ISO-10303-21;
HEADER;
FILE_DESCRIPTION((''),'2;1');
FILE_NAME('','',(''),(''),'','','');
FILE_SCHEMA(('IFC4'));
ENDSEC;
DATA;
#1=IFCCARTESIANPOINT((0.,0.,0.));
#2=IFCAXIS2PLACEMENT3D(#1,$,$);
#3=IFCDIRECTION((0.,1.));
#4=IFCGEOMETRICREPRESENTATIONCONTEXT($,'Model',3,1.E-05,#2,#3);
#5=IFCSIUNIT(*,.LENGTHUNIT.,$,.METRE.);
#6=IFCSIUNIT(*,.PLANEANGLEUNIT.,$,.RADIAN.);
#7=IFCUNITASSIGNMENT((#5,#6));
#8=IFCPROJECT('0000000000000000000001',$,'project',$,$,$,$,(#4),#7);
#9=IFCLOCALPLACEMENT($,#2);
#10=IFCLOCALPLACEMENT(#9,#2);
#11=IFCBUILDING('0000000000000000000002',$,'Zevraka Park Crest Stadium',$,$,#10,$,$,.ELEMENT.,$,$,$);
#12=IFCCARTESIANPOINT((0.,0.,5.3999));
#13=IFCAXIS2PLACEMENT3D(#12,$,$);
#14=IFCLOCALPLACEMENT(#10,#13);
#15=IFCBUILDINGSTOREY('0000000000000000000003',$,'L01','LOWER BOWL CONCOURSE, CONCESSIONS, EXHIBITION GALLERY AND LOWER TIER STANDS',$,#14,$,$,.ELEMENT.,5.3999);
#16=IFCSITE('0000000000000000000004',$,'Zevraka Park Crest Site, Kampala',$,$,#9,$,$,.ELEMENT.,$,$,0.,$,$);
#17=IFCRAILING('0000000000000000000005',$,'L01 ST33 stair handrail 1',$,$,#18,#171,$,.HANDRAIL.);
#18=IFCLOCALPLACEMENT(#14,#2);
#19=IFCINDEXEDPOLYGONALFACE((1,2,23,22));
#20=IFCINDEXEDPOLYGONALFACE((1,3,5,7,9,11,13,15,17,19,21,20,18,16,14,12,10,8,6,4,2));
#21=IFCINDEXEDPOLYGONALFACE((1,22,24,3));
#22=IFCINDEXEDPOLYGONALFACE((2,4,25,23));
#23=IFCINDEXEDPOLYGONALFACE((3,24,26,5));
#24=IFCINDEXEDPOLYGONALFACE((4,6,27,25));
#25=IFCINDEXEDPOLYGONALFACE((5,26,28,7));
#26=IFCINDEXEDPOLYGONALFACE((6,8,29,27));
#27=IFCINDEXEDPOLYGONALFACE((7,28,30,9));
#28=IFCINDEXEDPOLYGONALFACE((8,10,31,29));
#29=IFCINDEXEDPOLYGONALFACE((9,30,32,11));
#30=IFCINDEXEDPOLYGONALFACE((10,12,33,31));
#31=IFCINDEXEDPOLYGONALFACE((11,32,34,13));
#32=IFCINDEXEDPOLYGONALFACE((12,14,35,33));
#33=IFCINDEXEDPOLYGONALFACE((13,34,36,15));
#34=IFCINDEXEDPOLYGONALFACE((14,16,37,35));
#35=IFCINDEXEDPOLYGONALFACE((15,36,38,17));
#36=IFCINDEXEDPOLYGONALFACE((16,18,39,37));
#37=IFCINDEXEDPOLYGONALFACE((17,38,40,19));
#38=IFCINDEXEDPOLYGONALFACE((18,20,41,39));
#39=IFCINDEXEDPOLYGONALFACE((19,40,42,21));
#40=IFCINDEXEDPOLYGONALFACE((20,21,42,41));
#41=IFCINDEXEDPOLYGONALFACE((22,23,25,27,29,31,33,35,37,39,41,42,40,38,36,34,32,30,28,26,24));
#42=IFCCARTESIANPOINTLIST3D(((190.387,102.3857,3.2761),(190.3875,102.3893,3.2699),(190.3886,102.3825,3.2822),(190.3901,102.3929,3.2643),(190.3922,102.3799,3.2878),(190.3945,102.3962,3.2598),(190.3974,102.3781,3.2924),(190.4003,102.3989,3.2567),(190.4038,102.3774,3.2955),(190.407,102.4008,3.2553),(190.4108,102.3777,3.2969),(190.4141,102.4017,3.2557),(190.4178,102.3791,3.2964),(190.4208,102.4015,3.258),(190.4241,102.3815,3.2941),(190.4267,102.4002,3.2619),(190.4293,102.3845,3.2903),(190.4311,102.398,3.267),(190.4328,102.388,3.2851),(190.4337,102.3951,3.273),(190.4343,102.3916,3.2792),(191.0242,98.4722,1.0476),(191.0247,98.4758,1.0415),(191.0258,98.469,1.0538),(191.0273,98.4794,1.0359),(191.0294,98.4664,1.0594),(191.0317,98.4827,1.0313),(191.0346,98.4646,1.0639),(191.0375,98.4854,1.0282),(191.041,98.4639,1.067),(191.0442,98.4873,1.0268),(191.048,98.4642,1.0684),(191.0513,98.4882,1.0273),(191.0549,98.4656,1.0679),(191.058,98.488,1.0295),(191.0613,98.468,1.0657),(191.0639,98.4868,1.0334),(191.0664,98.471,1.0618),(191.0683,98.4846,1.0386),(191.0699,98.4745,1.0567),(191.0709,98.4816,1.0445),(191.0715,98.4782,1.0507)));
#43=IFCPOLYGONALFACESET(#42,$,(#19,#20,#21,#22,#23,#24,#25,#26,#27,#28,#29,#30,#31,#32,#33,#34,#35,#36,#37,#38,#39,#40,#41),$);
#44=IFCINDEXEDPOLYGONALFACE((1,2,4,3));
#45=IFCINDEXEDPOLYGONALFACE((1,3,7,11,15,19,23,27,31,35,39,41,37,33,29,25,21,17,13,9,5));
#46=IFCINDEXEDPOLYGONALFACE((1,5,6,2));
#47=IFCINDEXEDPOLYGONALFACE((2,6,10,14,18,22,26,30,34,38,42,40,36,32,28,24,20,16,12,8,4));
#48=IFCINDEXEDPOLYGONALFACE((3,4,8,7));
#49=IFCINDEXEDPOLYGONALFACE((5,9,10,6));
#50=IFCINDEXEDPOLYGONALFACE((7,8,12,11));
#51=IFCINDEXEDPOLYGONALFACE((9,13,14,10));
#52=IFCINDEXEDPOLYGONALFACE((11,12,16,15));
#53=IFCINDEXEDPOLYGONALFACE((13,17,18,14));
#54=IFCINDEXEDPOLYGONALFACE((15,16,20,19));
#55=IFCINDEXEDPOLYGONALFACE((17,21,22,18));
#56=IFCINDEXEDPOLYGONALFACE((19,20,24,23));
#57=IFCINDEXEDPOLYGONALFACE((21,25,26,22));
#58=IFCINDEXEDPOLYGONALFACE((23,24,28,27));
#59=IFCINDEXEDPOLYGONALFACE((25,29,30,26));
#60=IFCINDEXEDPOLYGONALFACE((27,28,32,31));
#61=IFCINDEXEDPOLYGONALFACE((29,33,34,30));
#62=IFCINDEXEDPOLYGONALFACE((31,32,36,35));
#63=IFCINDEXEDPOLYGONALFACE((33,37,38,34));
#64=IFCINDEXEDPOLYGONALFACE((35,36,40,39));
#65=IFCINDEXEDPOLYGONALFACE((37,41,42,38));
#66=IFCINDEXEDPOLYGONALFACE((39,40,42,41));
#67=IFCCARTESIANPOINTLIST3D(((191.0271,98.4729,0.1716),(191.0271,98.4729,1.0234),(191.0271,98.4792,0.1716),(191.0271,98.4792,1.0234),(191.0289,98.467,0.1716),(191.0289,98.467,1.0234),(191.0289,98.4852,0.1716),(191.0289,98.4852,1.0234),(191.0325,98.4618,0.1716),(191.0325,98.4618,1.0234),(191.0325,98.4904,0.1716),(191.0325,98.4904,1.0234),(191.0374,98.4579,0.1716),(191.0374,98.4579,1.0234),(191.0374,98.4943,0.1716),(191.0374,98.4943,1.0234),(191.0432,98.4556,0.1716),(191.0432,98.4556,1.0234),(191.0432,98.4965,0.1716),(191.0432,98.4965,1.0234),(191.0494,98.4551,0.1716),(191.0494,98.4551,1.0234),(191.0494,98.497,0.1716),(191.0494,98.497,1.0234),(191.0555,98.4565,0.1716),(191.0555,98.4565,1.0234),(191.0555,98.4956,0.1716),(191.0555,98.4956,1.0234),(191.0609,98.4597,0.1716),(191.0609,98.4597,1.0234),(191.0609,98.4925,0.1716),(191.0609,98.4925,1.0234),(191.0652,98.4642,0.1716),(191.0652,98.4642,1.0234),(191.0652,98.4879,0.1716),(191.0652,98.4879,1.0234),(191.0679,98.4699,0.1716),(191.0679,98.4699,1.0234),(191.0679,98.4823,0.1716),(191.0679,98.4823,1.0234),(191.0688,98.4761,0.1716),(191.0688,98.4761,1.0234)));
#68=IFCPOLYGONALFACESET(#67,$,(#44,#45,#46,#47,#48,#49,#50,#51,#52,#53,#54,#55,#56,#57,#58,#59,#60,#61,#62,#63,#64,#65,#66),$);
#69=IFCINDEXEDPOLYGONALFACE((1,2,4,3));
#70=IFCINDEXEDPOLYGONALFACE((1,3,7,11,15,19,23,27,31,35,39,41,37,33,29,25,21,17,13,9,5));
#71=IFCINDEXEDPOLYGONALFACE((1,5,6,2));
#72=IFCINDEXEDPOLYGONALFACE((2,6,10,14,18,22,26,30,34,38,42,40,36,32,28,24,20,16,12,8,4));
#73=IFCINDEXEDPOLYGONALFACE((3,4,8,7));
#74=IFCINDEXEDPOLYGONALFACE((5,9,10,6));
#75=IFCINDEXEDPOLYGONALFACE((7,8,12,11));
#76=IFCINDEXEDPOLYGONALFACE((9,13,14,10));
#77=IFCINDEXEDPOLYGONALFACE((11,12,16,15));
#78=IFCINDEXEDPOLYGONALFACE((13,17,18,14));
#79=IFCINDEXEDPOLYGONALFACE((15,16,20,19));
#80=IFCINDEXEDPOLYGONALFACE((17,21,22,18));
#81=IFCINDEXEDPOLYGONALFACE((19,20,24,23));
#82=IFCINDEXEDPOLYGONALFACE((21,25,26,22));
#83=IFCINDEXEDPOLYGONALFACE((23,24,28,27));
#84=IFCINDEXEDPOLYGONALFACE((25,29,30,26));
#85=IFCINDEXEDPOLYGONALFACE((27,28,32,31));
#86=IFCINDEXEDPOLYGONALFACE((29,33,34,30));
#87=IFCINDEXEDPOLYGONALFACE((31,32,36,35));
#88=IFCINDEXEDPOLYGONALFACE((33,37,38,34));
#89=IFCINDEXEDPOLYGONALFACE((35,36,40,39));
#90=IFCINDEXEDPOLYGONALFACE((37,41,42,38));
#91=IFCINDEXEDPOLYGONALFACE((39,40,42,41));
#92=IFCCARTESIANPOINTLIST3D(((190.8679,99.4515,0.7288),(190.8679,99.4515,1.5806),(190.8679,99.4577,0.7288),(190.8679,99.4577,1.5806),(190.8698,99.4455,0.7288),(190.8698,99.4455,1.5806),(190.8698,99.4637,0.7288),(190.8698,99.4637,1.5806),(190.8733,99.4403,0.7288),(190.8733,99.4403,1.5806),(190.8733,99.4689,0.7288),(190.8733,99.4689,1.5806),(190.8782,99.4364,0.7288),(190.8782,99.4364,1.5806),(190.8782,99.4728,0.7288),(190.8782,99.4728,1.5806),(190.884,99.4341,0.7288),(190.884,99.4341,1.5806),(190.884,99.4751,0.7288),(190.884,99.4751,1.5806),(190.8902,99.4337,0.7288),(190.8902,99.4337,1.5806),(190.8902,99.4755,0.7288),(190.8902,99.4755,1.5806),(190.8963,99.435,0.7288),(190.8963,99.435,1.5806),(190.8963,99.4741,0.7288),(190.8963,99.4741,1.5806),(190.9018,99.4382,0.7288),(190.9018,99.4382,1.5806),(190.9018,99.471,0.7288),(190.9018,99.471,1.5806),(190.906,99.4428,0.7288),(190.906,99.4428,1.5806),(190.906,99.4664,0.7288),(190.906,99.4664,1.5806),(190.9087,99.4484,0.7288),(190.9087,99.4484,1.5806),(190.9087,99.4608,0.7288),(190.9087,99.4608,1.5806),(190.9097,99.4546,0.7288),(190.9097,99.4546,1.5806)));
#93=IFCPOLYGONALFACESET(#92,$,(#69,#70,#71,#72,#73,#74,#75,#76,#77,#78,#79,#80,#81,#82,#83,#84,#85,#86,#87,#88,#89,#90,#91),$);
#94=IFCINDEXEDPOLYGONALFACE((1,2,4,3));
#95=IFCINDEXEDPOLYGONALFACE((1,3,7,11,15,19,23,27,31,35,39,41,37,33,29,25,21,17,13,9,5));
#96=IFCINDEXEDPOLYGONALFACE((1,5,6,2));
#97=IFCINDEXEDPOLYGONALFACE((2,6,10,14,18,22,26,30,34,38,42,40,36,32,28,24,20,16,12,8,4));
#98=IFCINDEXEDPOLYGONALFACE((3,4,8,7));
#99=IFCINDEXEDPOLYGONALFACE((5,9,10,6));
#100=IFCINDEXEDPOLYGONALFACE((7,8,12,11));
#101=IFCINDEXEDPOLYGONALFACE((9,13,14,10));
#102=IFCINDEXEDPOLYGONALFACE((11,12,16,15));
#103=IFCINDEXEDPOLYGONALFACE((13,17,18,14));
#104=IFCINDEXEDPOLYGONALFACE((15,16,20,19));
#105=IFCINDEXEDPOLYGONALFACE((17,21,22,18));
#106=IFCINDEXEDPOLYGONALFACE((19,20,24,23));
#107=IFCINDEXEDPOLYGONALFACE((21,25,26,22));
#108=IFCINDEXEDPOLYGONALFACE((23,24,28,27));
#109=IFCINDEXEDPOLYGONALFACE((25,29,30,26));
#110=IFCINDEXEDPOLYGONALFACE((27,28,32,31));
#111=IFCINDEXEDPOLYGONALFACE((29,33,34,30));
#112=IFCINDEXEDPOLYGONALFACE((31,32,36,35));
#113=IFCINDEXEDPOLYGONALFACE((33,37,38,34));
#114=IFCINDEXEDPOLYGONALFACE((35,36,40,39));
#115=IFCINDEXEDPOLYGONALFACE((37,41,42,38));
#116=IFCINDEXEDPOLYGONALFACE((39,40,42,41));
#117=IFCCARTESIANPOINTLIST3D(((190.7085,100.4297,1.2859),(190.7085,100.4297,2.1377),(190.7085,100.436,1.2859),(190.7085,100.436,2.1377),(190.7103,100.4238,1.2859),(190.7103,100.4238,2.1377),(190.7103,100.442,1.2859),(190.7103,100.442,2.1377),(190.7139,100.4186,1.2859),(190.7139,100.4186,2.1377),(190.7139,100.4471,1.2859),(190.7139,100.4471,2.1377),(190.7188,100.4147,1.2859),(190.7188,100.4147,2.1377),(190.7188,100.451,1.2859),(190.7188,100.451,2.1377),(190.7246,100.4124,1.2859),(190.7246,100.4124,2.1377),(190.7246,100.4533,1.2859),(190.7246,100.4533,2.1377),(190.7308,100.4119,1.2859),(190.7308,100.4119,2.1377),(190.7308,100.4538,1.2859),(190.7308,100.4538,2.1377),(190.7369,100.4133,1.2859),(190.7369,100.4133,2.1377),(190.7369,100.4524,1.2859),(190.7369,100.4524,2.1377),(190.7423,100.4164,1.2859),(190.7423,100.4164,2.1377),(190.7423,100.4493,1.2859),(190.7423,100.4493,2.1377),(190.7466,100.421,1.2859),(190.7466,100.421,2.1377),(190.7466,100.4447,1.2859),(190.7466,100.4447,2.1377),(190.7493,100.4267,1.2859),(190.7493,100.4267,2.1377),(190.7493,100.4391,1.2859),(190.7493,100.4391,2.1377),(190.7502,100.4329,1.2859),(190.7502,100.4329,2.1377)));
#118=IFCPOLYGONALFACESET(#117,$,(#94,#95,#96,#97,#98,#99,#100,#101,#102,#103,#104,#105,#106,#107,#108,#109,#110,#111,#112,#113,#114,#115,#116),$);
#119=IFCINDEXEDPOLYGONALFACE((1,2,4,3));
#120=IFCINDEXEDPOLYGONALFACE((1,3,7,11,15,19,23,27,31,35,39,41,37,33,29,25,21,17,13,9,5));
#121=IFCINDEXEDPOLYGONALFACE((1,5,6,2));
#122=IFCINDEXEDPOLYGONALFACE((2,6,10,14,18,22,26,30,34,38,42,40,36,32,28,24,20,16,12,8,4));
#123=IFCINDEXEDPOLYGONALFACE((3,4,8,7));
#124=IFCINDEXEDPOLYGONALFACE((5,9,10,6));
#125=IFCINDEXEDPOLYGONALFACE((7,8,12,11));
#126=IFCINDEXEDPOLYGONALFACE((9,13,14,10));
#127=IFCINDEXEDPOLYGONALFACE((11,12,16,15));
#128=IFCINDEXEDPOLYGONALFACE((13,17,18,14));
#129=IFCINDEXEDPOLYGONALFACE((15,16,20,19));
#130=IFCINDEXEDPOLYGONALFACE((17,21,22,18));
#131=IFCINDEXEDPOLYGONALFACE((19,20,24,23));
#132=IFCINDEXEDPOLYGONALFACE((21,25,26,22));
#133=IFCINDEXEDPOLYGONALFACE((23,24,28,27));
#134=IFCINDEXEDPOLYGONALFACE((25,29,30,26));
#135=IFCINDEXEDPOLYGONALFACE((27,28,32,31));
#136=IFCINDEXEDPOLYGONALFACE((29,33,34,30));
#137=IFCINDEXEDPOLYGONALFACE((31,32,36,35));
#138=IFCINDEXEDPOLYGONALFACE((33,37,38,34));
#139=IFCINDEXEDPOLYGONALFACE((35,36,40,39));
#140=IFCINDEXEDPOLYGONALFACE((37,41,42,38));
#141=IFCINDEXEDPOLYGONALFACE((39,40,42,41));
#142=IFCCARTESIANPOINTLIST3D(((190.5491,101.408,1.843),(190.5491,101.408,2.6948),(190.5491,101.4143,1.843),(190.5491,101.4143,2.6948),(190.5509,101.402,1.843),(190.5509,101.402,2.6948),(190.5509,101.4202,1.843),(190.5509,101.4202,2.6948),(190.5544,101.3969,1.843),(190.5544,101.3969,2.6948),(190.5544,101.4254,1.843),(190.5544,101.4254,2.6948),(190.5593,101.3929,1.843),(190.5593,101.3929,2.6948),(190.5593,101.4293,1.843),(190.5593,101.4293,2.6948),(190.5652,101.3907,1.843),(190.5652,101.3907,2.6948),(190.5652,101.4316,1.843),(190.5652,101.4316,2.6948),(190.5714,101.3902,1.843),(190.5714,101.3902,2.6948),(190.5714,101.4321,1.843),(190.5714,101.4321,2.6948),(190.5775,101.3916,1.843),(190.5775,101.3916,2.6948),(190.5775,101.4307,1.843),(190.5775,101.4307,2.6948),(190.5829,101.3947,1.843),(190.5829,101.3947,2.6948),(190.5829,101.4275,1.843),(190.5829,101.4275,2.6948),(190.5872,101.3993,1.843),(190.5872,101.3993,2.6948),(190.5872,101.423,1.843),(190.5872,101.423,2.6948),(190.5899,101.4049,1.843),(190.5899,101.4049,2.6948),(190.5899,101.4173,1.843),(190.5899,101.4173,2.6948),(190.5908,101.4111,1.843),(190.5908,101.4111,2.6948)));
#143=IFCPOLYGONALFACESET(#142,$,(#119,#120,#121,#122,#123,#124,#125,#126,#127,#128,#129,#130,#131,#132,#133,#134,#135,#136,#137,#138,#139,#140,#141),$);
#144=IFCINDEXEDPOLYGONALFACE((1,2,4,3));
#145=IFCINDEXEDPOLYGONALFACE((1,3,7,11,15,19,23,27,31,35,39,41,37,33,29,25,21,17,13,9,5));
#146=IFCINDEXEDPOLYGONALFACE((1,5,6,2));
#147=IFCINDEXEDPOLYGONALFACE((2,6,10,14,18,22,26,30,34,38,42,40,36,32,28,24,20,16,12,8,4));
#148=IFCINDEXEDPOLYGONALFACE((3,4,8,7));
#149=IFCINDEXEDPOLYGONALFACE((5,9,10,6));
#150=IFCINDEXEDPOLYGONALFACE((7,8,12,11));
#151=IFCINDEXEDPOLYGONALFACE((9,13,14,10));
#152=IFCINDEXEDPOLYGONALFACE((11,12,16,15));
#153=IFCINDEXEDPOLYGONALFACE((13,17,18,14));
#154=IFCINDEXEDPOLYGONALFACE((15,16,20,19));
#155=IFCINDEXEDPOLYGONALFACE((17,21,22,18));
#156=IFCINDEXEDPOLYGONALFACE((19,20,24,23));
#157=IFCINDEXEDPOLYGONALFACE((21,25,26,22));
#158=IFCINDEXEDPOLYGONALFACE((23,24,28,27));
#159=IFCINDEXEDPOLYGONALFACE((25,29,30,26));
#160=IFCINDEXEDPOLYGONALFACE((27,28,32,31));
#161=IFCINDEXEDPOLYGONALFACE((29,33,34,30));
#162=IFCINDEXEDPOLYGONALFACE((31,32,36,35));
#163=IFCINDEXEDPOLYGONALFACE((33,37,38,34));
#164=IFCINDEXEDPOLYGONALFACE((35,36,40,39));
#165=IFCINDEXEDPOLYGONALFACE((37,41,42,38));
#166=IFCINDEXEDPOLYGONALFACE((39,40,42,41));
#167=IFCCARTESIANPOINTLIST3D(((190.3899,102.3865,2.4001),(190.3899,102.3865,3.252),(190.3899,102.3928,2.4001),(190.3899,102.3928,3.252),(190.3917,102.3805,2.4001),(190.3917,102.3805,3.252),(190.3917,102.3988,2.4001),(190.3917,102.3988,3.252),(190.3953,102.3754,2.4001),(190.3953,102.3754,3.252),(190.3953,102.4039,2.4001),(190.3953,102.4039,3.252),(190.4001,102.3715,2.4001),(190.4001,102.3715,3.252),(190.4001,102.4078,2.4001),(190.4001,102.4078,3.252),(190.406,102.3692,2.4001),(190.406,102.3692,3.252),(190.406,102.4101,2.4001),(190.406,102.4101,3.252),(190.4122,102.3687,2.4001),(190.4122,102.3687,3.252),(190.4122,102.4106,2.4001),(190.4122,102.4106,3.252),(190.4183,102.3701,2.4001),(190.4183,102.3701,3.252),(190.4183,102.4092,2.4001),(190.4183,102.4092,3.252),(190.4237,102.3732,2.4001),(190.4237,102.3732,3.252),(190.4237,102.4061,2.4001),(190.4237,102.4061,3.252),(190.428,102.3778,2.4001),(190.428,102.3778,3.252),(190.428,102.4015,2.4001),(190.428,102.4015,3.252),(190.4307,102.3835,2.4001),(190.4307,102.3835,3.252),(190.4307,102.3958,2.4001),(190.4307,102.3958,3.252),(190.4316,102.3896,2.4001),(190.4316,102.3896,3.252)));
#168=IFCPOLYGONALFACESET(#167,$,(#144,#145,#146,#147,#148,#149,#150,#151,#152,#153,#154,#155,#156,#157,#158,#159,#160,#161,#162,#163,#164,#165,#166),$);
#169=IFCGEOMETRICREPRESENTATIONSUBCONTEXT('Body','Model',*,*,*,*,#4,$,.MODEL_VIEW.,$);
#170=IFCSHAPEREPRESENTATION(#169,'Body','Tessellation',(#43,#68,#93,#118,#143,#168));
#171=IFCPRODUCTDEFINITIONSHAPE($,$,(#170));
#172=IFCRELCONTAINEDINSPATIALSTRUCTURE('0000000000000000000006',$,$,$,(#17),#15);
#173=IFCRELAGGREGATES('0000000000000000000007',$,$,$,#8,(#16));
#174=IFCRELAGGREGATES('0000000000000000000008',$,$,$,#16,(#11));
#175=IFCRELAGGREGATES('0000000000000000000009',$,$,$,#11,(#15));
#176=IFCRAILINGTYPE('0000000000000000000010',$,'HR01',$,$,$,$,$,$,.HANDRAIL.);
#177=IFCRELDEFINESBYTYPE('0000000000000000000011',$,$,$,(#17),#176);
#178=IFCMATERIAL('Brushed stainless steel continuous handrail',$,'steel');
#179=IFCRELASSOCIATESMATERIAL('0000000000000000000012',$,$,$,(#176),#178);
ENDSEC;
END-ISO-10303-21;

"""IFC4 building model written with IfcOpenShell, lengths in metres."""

from ifc_helpers import new_model, si_unit, direction, frame, origin, origin_2d, place, context, subcontext, project, spatial, circle, extrude, material, type_object, element, save


model = new_model("IFC4")

# Units and contexts
model_context = context("Model", 3, precision=1e-05, world=origin(), true_north=direction((0.0, 1.0)))
body_context = subcontext(model_context, "Body", "Model", "MODEL_VIEW")
ifc_project = project(units=[si_unit("LENGTHUNIT", "METRE"), si_unit("PLANEANGLEUNIT", "RADIAN")], contexts=[model_context])

# Site, building, storey
site_placement = place(None, origin())
site = spatial("IfcSite", under=ifc_project, at=site_placement, Name="Zevraka Park Crest Site, Kampala", CompositionType="ELEMENT", RefElevation=0.0)
building_placement = place(site_placement, origin())
building = spatial("IfcBuilding", under=site, at=building_placement, Name="Zevraka Park Crest Stadium", CompositionType="ELEMENT")
storey_placement = place(building_placement, frame((0.0, 0.0, 5.3999)))
storey = spatial("IfcBuildingStorey", under=building, at=storey_placement, Name="L01", Description="LOWER BOWL CONCOURSE, CONCESSIONS, EXHIBITION GALLERY AND LOWER TIER STANDS", CompositionType="ELEMENT", Elevation=5.3999)

# Railing
ifc_material_1 = material(Name="Brushed stainless steel continuous handrail", Category="steel")
railing_type_1 = type_object("IfcRailingType", Name="HR01", PredefinedType="HANDRAIL", material=ifc_material_1)
railing_1_placement = place(storey_placement, frame((191.0479, 98.4761, 0.1716)))
element("IfcRailing", 1, at=railing_1_placement, inside=storey, type_object=railing_type_1, Name="L01 ST33 stair handrail 1", PredefinedType="HANDRAIL", context=body_context, shape_type="SweptSolid", body=[
    extrude(circle(Radius=0.0239, at=origin_2d()), frame((0.0, 0.0, 0.876), z_axis=(-0.140093, 0.86042, 0.489951), x_axis=(-0.987003, -0.160704, 0.0)), (0.0, 0.0, 1.0), 4.5483),
    extrude(circle(Radius=0.021, at=origin_2d()), origin(), (0.0, 0.0, 1.0), 0.8518),
    extrude(circle(Radius=0.021, at=origin_2d()), frame((-0.1592, 0.9785, 0.5571)), (0.0, 0.0, 1.0), 0.8518),
    extrude(circle(Radius=0.021, at=origin_2d()), frame((-0.3186, 1.9568, 1.1143)), (0.0, 0.0, 1.0), 0.8518),
    extrude(circle(Radius=0.021, at=origin_2d()), frame((-0.478, 2.9351, 1.6714)), (0.0, 0.0, 1.0), 0.8518),
    extrude(circle(Radius=0.021, at=origin_2d()), frame((-0.6372, 3.9136, 2.2285)), (0.0, 0.0, 1.0), 0.8518),
])

save(model, "model.ifc")
